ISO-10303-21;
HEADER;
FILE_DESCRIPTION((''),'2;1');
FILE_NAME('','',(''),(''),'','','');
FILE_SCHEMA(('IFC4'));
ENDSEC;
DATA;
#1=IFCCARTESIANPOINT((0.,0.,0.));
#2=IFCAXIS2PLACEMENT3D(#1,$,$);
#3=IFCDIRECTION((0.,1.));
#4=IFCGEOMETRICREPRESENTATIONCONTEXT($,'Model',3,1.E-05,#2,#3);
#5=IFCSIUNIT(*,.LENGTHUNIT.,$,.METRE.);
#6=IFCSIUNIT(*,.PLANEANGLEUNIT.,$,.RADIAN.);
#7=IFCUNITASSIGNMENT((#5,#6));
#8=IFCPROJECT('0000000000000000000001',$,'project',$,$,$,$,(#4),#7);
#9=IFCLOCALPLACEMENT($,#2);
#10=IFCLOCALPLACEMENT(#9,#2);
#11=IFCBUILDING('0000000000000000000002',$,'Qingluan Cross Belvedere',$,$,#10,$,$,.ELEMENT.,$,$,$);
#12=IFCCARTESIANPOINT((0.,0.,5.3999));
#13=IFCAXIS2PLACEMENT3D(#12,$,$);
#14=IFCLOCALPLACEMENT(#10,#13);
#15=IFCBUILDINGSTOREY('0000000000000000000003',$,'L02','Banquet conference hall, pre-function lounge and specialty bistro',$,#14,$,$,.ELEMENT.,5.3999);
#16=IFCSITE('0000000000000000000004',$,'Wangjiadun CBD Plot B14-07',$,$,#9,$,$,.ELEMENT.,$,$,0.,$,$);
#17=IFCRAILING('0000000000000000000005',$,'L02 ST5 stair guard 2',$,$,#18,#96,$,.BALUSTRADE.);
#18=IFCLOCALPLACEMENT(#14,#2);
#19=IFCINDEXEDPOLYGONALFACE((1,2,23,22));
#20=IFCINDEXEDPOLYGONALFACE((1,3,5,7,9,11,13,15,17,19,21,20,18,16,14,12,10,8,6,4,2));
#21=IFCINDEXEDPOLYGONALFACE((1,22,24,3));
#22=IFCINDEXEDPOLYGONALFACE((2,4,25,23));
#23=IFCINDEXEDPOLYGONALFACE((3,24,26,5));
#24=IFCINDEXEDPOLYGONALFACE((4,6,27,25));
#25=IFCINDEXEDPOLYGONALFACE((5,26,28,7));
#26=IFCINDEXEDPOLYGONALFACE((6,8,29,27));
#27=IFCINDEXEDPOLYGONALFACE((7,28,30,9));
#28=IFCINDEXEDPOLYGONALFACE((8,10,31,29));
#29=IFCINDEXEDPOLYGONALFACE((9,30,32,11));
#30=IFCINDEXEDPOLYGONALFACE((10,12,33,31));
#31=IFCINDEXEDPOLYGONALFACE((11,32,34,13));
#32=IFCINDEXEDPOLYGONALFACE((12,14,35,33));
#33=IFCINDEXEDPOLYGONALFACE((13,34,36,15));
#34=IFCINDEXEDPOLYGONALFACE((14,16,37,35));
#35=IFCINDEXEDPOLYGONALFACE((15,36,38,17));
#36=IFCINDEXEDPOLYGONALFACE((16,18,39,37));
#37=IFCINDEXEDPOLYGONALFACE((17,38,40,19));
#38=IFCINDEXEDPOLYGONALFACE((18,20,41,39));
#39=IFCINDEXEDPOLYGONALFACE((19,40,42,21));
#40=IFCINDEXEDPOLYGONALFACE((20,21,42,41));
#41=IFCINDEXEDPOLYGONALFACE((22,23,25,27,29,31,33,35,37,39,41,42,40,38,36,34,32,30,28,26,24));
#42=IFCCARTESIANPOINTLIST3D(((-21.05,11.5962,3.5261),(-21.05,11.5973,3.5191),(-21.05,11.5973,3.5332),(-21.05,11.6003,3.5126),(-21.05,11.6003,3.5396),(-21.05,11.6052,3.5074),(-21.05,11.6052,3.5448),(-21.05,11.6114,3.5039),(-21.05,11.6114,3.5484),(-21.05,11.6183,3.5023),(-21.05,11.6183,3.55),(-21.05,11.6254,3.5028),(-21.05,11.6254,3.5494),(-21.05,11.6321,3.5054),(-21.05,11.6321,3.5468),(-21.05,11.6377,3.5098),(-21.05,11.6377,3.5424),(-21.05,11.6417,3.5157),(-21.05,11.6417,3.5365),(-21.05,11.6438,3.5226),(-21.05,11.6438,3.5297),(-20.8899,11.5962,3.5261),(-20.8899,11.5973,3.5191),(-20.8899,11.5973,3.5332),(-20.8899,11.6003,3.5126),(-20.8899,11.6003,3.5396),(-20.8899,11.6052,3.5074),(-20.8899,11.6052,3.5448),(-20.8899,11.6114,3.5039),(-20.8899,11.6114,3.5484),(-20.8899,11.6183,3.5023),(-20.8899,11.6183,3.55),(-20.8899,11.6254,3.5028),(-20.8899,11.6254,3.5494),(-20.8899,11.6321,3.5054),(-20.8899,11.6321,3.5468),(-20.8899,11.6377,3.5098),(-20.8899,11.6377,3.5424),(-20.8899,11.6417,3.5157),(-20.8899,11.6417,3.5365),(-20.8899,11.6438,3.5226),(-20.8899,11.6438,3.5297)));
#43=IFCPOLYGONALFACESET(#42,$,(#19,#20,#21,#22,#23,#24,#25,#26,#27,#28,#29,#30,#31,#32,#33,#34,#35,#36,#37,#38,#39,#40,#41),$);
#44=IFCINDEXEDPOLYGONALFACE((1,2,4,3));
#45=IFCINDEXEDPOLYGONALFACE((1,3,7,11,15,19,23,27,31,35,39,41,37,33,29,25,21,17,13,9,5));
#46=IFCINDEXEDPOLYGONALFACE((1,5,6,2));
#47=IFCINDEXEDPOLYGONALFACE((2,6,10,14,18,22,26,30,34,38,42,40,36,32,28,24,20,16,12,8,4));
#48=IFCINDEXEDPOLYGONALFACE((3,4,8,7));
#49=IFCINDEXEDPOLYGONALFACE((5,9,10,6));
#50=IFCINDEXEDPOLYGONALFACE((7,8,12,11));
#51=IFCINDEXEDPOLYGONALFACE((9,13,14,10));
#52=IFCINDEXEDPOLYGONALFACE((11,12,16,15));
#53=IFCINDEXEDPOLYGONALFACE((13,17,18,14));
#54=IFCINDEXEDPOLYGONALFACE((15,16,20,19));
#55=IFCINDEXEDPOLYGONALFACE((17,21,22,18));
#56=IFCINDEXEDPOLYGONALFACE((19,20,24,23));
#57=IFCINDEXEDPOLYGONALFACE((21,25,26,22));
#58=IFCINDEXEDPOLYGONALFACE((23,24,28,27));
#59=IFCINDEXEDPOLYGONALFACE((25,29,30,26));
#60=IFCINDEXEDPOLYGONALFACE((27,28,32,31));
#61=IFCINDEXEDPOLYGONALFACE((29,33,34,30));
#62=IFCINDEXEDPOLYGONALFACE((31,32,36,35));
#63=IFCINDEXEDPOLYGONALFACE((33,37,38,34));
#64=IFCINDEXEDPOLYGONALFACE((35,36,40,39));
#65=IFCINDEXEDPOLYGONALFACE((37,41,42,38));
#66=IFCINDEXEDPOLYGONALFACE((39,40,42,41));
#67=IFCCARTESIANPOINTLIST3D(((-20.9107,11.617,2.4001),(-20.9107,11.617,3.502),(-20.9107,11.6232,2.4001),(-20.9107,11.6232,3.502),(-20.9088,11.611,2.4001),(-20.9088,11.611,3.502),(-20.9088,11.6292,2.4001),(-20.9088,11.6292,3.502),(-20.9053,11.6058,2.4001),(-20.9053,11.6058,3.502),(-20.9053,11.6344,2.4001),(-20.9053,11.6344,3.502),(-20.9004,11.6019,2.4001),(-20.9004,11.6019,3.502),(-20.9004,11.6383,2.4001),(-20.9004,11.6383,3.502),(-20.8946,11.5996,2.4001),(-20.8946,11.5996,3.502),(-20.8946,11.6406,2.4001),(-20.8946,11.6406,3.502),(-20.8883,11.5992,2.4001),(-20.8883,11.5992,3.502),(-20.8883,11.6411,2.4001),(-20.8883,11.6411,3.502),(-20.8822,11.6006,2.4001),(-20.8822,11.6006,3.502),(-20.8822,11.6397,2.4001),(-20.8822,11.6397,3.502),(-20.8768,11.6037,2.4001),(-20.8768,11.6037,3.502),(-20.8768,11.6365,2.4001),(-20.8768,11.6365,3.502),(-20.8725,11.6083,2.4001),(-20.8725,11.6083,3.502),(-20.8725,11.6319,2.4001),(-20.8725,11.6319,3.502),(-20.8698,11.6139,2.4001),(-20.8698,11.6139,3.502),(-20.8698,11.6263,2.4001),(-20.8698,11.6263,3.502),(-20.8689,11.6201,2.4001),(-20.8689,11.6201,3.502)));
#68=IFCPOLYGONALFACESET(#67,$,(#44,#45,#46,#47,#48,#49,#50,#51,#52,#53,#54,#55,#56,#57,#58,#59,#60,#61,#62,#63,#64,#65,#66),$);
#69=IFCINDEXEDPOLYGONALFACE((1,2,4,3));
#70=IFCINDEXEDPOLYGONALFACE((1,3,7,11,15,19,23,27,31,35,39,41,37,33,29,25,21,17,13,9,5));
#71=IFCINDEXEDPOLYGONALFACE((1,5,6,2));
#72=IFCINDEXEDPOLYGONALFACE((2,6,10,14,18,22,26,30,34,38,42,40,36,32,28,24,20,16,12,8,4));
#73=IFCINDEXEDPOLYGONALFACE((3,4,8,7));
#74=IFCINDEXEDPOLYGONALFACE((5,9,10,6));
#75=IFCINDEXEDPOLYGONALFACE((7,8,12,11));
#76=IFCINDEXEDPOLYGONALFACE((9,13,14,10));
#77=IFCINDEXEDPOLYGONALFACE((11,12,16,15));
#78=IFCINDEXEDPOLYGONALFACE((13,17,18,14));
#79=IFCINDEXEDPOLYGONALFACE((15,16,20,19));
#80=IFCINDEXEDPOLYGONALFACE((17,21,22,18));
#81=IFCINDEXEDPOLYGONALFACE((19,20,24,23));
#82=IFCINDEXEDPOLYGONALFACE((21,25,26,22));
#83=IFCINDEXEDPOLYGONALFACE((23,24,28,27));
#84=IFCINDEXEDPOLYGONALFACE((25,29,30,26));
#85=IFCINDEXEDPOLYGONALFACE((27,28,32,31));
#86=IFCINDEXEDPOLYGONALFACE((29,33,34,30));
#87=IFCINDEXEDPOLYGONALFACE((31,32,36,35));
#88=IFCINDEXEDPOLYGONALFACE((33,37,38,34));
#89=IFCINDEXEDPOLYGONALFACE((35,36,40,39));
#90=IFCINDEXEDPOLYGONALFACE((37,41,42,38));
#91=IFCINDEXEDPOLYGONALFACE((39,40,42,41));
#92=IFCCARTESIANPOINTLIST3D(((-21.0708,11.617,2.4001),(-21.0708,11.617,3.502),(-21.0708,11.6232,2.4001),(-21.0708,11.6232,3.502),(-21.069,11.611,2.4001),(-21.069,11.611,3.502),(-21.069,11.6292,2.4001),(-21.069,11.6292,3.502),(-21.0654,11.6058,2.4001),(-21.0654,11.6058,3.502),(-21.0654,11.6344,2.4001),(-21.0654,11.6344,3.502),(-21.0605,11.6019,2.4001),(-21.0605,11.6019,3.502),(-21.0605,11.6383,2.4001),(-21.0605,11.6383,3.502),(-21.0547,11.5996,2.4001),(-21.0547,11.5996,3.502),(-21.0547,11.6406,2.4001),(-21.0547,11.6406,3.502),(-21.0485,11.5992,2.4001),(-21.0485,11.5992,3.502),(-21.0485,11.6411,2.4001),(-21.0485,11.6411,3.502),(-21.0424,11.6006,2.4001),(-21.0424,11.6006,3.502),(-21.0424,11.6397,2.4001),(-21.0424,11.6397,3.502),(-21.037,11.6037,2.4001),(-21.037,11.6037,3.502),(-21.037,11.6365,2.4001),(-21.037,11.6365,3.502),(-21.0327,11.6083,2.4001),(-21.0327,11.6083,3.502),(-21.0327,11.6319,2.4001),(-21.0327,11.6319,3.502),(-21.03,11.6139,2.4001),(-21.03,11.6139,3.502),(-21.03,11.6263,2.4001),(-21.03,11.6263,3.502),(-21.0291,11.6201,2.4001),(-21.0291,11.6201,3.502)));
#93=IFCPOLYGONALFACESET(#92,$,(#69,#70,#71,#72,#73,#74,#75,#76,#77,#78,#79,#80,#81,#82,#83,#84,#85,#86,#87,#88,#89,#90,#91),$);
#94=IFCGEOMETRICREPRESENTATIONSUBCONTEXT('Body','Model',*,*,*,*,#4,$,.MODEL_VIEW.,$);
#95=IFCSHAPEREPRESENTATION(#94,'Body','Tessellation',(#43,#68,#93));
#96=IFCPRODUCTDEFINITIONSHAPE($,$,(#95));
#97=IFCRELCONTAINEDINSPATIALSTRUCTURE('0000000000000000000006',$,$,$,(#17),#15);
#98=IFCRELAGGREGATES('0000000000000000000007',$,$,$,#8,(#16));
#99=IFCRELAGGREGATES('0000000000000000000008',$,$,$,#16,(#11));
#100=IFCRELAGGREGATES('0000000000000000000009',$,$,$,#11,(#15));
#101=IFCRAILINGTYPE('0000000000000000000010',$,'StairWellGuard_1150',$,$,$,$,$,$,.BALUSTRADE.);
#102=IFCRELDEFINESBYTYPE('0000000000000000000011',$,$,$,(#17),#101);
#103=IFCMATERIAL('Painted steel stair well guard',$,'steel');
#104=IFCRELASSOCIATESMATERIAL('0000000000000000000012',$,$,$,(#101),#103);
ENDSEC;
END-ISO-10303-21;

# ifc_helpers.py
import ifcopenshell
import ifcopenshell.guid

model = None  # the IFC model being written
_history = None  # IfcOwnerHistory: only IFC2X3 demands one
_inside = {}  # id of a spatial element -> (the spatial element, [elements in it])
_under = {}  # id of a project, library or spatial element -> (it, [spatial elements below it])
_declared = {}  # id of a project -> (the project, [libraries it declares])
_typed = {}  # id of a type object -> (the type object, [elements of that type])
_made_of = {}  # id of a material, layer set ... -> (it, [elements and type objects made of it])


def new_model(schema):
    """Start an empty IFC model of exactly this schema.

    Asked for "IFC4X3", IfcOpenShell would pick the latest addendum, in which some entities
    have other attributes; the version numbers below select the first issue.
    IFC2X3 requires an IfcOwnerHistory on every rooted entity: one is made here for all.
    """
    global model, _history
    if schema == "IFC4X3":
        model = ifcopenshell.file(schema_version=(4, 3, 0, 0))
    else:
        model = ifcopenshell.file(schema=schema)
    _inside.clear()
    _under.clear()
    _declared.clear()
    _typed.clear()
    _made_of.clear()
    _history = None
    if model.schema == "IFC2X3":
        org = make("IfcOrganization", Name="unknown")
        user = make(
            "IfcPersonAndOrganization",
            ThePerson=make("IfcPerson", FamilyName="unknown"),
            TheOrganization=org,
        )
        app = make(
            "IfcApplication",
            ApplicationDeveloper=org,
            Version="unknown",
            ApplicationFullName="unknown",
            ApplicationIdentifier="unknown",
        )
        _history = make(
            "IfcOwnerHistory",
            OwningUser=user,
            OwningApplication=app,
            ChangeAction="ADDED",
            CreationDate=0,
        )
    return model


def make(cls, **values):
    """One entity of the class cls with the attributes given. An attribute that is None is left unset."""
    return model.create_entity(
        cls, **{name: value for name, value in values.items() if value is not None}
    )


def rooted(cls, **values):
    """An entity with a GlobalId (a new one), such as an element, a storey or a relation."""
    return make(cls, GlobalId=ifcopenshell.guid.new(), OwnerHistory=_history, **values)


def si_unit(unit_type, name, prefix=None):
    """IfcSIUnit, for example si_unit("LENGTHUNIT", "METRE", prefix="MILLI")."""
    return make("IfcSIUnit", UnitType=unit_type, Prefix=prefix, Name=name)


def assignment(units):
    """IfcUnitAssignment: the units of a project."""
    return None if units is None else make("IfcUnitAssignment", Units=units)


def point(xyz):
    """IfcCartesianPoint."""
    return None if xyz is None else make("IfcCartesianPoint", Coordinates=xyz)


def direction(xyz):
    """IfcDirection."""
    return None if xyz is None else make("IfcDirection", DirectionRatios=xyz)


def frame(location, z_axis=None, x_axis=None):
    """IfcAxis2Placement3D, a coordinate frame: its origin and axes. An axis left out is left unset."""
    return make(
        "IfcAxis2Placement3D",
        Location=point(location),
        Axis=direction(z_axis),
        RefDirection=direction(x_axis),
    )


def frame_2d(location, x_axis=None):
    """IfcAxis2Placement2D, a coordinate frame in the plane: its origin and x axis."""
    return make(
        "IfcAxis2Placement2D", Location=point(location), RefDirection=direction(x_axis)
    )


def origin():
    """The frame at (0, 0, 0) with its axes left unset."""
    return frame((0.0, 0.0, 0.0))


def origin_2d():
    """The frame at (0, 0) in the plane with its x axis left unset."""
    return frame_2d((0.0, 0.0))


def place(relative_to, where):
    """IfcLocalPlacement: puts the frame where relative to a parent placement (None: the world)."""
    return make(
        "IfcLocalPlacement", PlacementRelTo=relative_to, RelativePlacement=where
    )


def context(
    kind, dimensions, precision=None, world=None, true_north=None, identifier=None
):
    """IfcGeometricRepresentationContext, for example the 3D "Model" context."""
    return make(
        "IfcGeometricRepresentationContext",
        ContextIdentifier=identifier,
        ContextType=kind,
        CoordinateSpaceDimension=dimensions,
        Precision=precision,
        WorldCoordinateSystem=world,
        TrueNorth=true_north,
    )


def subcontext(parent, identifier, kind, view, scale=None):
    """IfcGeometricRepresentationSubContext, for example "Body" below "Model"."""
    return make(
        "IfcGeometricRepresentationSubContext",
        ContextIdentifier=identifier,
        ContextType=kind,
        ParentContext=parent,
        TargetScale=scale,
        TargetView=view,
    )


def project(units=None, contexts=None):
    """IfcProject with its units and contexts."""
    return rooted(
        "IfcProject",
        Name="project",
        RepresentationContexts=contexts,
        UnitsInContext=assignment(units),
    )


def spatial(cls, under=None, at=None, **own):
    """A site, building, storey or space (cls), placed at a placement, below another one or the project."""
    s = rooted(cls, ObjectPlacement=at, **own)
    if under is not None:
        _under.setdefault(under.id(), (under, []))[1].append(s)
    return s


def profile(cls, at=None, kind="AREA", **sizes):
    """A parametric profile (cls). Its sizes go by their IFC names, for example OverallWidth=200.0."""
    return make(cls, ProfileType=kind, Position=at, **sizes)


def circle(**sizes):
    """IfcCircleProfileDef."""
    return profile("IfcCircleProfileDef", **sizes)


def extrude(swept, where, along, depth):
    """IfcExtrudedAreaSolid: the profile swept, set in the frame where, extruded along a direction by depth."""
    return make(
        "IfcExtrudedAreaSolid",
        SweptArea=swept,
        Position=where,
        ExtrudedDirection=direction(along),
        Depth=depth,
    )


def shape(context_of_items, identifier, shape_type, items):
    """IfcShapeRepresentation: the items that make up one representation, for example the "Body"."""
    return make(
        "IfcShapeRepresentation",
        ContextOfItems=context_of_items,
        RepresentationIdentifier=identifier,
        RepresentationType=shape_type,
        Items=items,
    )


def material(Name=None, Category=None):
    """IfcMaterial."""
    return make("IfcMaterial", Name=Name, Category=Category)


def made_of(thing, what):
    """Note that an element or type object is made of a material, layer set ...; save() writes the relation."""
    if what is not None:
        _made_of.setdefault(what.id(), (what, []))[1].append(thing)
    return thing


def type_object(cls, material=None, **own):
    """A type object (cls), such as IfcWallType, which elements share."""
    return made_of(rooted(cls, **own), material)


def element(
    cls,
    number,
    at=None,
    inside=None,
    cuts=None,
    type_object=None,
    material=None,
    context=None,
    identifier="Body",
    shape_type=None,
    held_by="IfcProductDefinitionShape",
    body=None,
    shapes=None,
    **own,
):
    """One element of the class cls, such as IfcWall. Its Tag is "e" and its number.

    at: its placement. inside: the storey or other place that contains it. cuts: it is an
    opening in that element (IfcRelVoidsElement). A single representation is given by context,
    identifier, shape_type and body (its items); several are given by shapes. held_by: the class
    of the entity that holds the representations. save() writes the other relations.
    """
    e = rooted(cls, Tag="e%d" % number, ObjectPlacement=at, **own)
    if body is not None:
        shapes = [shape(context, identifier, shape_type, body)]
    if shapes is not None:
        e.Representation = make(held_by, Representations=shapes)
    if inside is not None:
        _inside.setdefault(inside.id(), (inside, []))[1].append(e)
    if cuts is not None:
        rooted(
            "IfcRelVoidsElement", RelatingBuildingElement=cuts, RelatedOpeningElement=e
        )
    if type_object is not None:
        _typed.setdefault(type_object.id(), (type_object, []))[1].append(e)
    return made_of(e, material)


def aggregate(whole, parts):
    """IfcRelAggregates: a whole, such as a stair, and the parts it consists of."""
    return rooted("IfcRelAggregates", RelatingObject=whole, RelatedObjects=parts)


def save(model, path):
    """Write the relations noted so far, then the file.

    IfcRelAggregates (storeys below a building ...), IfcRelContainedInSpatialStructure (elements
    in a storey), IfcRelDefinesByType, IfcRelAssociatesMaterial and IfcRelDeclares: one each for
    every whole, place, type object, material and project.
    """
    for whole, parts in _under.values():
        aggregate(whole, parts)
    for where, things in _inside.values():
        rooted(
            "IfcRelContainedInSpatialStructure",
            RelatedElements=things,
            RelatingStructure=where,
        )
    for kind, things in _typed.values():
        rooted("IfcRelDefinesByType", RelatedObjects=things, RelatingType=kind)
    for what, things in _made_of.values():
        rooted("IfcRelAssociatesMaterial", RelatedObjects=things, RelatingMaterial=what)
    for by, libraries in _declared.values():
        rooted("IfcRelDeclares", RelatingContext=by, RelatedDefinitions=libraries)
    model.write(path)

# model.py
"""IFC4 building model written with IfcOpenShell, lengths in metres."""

from ifc_helpers import new_model, si_unit, direction, frame, origin, origin_2d, place, context, subcontext, project, spatial, circle, extrude, material, type_object, element, save


model = new_model("IFC4")

# Units and contexts
model_context = context("Model", 3, precision=1e-05, world=origin(), true_north=direction((0.0, 1.0)))
body_context = subcontext(model_context, "Body", "Model", "MODEL_VIEW")
ifc_project = project(units=[si_unit("LENGTHUNIT", "METRE"), si_unit("PLANEANGLEUNIT", "RADIAN")], contexts=[model_context])

# Site, building, storey
site_placement = place(None, origin())
site = spatial("IfcSite", under=ifc_project, at=site_placement, Name="Wangjiadun CBD Plot B14-07", CompositionType="ELEMENT", RefElevation=0.0)
building_placement = place(site_placement, origin())
building = spatial("IfcBuilding", under=site, at=building_placement, Name="Qingluan Cross Belvedere", CompositionType="ELEMENT")
storey_placement = place(building_placement, frame((0.0, 0.0, 5.3999)))
storey = spatial("IfcBuildingStorey", under=building, at=storey_placement, Name="L02", Description="Banquet conference hall, pre-function lounge and specialty bistro", CompositionType="ELEMENT", Elevation=5.3999)

# Railing
ifc_material_1 = material(Name="Painted steel stair well guard", Category="steel")
railing_type_1 = type_object("IfcRailingType", Name="StairWellGuard_1150", PredefinedType="BALUSTRADE", material=ifc_material_1)
railing_1_placement = place(storey_placement, frame((-20.8899, 11.6201, 2.4001)))
element("IfcRailing", 1, at=railing_1_placement, inside=storey, type_object=railing_type_1, Name="L02 ST5 stair guard 2", PredefinedType="BALUSTRADE", context=body_context, shape_type="SweptSolid", body=[
    extrude(circle(Radius=0.0239, at=origin_2d()), frame((0.0, 0.0, 1.126), z_axis=(-1.0, 0.0, 0.0), x_axis=(0.0, -1.0, 0.0)), (0.0, 0.0, 1.0), 0.1602),
    extrude(circle(Radius=0.021, at=origin_2d()), origin(), (0.0, 0.0, 1.0), 1.1018),
    extrude(circle(Radius=0.021, at=origin_2d()), frame((-0.1602, 0.0, 0.0)), (0.0, 0.0, 1.0), 1.1018),
])

save(model, "model.ifc")
